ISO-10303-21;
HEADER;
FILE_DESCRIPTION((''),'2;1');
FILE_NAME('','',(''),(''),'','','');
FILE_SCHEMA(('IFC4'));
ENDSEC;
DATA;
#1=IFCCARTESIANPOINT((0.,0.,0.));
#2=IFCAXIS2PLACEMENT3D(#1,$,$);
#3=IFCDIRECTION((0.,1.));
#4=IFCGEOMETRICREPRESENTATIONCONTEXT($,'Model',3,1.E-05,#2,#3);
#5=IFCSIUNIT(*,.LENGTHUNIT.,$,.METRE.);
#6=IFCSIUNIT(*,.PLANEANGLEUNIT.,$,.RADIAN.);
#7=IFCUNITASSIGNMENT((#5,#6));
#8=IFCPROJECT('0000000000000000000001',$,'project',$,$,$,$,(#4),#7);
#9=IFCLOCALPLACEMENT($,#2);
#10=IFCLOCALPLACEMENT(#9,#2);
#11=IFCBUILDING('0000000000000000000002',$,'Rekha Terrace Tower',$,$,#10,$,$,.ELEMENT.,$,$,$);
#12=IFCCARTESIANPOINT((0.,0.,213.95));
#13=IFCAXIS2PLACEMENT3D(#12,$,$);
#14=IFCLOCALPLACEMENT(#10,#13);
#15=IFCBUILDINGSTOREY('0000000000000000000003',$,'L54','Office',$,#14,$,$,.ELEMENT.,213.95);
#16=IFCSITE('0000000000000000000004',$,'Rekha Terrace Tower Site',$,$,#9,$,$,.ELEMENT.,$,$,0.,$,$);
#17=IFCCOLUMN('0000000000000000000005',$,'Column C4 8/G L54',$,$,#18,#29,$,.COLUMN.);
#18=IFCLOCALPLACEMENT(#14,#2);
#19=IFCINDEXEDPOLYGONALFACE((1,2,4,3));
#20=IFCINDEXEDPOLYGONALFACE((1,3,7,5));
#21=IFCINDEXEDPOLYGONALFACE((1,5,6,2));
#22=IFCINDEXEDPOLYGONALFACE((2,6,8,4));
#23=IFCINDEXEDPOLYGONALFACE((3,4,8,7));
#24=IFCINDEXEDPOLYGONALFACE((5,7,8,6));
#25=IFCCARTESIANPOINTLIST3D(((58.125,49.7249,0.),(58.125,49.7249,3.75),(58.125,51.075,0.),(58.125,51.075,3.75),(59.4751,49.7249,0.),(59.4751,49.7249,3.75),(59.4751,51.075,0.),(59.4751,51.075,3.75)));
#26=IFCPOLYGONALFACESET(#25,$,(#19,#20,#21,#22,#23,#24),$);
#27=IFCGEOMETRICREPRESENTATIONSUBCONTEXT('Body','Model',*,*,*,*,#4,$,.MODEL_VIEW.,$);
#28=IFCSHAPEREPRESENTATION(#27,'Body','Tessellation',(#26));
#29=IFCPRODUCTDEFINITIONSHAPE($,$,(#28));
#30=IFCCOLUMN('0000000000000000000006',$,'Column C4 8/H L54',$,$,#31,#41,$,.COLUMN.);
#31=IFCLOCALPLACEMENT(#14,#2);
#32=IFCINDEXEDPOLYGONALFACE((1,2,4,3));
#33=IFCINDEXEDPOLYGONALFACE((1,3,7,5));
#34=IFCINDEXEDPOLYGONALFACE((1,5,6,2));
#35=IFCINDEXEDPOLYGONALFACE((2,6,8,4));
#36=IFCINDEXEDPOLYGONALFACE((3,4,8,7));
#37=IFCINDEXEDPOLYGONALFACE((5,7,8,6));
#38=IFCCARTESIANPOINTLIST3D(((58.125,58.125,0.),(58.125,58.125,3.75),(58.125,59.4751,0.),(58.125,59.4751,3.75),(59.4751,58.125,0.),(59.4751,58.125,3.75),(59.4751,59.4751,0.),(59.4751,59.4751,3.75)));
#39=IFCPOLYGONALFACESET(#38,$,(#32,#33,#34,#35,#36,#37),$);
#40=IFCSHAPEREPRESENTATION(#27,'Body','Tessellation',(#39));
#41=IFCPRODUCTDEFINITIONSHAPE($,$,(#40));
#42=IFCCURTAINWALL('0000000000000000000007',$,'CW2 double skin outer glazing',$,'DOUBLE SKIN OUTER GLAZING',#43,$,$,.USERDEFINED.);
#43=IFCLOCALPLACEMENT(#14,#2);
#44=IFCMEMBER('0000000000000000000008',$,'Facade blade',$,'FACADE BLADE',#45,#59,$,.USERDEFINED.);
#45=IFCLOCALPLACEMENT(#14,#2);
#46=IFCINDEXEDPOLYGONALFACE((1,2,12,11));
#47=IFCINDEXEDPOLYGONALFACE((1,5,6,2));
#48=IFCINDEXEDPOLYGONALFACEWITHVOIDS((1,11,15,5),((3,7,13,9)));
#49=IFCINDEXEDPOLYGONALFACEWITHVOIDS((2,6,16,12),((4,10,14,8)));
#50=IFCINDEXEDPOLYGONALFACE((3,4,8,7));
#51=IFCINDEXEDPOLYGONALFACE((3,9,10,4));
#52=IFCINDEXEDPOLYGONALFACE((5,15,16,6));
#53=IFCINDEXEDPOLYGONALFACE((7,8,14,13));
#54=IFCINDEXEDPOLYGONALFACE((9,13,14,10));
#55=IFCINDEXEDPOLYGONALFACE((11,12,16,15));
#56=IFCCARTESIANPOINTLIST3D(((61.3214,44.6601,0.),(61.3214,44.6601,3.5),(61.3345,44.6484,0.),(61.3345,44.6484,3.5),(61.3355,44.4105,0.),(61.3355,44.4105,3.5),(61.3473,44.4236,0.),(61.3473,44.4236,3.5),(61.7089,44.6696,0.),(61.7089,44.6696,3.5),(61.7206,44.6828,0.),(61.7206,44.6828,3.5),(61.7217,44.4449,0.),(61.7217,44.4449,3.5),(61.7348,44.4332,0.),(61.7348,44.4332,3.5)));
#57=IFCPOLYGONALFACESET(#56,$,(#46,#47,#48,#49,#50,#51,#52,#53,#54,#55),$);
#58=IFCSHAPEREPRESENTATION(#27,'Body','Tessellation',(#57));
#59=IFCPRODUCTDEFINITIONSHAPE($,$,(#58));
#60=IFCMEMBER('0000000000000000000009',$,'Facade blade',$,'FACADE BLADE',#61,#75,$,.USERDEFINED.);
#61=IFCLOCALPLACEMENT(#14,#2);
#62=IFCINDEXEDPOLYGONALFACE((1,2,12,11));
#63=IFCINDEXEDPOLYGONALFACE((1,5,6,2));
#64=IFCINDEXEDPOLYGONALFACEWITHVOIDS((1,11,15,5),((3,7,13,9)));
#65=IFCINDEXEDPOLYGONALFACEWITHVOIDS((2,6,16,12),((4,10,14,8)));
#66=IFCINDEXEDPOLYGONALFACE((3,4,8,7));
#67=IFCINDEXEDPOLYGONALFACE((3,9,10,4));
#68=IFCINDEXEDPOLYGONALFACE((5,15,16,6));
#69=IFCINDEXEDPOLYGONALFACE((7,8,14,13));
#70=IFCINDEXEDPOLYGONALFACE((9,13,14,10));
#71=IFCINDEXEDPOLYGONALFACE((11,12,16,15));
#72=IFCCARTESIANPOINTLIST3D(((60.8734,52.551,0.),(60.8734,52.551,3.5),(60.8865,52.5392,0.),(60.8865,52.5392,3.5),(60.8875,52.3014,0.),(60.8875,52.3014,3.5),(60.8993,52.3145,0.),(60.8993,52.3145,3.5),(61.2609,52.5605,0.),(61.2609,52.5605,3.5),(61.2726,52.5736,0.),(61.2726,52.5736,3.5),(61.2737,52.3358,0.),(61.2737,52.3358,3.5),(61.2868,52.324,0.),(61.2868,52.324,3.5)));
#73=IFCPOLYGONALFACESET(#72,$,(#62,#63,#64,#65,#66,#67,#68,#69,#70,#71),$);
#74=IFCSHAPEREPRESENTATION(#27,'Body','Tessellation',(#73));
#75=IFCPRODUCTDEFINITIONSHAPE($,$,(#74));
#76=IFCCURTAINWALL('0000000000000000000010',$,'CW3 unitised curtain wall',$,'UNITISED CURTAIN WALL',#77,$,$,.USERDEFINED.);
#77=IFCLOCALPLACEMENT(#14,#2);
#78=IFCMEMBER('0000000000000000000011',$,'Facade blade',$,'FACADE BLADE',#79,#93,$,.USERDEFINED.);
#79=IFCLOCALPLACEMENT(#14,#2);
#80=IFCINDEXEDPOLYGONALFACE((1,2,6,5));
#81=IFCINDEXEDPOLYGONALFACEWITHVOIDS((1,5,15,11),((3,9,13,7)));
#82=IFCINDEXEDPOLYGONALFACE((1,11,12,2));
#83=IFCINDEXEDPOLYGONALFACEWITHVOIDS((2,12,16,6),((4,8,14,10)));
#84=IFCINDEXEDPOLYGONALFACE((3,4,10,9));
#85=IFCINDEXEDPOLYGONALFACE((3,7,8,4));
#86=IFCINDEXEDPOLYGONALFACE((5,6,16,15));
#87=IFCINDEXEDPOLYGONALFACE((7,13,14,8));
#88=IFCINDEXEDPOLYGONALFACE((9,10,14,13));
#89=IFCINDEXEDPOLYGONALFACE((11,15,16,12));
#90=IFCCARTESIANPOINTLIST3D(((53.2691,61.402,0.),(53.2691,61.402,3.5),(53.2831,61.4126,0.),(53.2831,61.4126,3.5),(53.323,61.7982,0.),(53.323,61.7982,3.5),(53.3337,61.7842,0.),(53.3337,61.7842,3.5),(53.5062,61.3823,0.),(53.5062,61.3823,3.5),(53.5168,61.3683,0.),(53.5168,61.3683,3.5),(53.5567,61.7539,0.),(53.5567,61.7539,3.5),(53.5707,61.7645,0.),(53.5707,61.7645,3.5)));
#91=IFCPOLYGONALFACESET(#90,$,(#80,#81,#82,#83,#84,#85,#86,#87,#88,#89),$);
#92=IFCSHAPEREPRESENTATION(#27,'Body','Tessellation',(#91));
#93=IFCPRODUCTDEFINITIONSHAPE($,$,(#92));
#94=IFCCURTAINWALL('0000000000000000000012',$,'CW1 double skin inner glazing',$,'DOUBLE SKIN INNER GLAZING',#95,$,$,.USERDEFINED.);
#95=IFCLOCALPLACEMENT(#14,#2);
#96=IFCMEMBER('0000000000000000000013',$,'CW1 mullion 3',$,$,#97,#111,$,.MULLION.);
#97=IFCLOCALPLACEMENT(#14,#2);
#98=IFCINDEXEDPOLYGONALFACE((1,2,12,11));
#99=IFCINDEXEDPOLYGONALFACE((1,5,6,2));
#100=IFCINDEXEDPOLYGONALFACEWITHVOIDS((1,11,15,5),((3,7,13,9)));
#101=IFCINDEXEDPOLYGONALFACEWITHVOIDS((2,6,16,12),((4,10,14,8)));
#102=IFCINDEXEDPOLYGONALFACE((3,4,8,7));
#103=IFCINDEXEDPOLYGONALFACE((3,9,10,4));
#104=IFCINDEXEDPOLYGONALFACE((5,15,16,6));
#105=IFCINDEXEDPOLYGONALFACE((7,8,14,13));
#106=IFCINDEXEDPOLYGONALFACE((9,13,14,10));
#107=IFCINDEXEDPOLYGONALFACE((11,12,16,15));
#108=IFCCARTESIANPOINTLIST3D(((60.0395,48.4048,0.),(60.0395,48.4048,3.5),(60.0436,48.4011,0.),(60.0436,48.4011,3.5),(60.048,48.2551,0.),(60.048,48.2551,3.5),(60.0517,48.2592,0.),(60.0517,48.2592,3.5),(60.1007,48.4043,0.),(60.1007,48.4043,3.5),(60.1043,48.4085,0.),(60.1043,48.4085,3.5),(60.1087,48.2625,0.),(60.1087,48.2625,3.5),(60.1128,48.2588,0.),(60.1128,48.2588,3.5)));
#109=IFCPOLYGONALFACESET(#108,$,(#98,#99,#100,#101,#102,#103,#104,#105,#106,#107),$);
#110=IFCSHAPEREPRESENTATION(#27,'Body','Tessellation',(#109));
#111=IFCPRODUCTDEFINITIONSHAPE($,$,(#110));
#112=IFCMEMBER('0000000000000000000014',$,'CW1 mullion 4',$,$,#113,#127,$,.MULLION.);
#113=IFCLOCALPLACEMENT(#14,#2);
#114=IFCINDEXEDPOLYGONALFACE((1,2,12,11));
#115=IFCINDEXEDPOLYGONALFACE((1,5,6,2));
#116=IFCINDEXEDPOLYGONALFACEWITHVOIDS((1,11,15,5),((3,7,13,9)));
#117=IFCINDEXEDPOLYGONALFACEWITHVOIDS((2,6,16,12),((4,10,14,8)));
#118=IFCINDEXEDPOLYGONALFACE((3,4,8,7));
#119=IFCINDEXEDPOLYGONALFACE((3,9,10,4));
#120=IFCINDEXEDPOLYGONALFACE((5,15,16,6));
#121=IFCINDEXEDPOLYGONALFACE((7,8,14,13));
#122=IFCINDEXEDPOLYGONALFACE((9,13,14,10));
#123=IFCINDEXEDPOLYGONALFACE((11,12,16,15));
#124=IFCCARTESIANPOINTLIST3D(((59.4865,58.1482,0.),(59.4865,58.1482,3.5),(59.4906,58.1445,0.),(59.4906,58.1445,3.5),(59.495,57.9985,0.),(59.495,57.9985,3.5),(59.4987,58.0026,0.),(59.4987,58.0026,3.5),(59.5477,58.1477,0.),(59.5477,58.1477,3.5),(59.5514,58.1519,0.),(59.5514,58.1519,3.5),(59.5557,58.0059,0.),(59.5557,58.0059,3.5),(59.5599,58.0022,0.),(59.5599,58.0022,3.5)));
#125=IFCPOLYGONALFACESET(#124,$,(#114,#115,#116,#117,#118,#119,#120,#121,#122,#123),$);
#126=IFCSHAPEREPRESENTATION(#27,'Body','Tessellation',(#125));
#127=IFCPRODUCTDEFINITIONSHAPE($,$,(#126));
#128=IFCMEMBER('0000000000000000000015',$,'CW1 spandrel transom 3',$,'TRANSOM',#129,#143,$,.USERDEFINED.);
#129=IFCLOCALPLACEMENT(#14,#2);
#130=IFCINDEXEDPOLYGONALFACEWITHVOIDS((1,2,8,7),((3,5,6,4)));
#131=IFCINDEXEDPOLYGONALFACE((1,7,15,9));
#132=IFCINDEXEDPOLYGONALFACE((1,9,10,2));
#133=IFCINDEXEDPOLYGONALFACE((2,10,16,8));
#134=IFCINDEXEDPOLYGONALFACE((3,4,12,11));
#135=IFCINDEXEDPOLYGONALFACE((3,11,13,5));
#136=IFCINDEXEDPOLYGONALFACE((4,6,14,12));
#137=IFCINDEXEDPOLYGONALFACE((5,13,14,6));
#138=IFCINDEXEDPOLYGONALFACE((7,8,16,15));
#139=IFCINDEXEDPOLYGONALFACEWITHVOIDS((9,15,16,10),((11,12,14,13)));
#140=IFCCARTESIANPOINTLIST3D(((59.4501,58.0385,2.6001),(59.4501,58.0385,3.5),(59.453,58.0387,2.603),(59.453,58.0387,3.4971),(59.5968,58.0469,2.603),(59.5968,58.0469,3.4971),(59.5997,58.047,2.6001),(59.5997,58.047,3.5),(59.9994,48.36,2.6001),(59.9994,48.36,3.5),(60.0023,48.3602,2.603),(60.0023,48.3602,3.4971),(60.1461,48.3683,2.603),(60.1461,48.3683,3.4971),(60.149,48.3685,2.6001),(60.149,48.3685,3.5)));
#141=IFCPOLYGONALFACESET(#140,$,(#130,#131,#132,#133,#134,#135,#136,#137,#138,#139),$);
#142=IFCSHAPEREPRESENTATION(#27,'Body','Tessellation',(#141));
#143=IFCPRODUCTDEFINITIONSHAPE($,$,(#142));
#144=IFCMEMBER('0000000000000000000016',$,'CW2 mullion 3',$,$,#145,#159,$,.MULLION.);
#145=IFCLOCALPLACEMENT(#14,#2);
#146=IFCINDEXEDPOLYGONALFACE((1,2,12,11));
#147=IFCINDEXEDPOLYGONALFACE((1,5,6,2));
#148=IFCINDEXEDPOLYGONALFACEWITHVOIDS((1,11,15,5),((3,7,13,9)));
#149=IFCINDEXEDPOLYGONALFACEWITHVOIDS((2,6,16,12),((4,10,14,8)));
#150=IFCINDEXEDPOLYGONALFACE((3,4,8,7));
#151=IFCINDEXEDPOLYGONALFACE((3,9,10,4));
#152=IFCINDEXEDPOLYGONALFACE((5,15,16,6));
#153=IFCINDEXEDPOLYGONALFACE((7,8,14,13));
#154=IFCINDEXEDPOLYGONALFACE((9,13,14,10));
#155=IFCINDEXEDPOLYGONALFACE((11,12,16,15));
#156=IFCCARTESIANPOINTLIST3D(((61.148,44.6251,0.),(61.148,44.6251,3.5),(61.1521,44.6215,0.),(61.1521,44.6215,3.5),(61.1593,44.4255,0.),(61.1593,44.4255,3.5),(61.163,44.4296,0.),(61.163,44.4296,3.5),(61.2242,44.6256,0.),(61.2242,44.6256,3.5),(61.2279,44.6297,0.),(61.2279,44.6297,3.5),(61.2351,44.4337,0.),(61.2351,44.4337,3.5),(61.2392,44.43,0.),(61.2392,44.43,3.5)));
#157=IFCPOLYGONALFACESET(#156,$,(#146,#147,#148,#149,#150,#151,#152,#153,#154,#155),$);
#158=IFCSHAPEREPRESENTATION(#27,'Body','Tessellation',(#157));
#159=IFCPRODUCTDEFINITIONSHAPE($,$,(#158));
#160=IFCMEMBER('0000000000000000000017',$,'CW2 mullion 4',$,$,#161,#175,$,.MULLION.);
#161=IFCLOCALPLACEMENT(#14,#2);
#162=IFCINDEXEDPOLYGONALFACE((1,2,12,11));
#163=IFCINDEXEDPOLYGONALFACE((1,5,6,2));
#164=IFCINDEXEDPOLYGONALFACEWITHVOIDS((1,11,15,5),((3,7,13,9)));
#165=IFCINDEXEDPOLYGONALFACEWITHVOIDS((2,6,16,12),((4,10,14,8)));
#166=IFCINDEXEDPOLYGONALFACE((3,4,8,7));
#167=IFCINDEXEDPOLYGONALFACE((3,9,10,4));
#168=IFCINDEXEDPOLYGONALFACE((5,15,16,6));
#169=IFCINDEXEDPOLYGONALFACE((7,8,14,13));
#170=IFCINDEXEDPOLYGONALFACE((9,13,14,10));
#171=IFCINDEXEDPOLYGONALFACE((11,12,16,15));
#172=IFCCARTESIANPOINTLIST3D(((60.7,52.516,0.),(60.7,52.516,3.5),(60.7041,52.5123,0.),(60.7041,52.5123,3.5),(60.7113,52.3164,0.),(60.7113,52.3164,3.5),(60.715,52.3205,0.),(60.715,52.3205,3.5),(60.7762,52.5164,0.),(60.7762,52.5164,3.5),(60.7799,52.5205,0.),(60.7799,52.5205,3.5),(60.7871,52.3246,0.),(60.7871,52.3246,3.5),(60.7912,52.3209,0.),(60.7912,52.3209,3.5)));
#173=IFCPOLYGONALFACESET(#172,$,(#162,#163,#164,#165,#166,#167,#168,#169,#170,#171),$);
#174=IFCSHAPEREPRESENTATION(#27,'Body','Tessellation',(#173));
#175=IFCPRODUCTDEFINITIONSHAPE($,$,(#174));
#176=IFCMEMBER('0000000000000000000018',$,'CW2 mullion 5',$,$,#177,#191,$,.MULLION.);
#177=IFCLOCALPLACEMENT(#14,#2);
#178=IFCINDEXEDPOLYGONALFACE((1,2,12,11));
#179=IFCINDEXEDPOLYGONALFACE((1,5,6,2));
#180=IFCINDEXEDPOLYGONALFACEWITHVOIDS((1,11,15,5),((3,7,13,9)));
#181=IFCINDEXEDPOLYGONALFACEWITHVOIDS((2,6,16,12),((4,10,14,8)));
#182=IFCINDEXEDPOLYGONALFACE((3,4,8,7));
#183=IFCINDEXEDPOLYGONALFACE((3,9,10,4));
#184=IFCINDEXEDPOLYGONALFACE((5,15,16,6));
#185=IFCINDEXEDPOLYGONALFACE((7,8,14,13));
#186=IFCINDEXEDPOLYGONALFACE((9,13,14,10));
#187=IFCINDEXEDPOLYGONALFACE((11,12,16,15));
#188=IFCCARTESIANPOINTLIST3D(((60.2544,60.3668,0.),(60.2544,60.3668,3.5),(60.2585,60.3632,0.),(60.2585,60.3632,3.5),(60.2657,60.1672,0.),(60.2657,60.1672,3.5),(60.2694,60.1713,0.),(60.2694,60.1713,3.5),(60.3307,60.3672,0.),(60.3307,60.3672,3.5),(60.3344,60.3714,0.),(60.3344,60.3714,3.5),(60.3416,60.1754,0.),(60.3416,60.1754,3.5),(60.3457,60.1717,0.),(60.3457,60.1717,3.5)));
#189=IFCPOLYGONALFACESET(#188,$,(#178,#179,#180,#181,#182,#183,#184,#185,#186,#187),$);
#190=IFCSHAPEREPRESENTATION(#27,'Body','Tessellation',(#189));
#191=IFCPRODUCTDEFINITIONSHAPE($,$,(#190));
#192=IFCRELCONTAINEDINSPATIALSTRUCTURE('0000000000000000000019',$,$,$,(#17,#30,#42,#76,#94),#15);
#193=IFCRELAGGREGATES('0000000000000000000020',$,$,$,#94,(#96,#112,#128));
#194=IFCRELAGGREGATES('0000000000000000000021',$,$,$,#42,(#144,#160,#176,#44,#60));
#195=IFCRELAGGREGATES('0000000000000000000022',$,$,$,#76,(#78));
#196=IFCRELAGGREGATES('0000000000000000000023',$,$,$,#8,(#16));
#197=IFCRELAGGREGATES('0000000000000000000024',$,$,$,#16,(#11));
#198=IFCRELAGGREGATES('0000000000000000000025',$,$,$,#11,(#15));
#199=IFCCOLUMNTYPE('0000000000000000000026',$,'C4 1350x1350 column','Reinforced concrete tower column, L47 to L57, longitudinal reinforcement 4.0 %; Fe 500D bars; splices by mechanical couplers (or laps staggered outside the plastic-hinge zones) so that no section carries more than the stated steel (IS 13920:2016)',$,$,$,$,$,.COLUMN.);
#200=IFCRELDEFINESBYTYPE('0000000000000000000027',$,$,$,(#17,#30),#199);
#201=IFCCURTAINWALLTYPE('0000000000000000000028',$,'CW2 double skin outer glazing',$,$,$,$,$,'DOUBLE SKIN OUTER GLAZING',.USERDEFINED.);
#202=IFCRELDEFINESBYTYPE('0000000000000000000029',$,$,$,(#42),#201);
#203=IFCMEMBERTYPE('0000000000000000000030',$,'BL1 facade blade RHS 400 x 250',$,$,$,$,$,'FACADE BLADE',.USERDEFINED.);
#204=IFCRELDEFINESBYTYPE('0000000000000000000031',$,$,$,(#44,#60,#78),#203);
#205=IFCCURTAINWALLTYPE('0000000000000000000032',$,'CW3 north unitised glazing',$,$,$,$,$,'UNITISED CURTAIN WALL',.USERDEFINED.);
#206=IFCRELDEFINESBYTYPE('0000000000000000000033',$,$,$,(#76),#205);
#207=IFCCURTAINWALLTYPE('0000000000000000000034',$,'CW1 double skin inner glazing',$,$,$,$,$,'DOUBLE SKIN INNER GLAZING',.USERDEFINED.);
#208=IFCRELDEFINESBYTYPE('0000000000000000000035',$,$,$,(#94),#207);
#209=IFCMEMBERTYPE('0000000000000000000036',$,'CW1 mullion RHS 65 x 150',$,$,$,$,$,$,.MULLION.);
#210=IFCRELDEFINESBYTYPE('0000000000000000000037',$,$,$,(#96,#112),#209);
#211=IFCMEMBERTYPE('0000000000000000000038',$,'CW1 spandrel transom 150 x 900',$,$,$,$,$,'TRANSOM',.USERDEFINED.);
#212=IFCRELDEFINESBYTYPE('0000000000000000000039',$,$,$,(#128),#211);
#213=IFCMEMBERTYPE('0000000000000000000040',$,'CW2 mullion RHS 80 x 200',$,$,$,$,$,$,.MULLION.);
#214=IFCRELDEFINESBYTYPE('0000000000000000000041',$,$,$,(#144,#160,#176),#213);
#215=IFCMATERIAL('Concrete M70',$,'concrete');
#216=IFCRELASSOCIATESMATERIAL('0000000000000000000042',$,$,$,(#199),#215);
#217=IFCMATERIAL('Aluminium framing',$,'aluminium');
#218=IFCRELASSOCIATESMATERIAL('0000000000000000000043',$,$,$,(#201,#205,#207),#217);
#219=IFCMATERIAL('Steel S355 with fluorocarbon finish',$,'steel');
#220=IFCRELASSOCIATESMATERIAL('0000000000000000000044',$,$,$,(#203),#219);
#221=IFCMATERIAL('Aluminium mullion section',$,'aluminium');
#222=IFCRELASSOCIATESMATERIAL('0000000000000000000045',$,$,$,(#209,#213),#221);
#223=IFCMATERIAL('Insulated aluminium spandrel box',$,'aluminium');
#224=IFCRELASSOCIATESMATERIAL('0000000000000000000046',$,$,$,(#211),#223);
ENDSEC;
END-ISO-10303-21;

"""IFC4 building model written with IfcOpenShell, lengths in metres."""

from ifc_helpers import new_model, si_unit, direction, frame, origin, origin_2d, place, context, subcontext, project, spatial, rectangle, hollow_rectangle, extrude, material, material_profile, profile_set, type_object, element, aggregate, save


model = new_model("IFC4")

# Units and contexts
model_context = context("Model", 3, precision=1e-05, world=origin(), true_north=direction((0.0, 1.0)))
body_context = subcontext(model_context, "Body", "Model", "MODEL_VIEW")
ifc_project = project(units=[si_unit("LENGTHUNIT", "METRE"), si_unit("PLANEANGLEUNIT", "RADIAN")], contexts=[model_context])

# Site, building, storey
site_placement = place(None, origin())
site = spatial("IfcSite", under=ifc_project, at=site_placement, Name="Rekha Terrace Tower Site", CompositionType="ELEMENT", RefElevation=0.0)
building_placement = place(site_placement, origin())
building = spatial("IfcBuilding", under=site, at=building_placement, Name="Rekha Terrace Tower", CompositionType="ELEMENT")
storey_placement = place(building_placement, frame((0.0, 0.0, 213.95)))
storey = spatial("IfcBuildingStorey", under=building, at=storey_placement, Name="L54", Description="Office", CompositionType="ELEMENT", Elevation=213.95)

# Columns
ifc_material_1 = material(Name="Concrete M70", Category="concrete")
ifc_material_profile_1 = material_profile(ifc_material_1, rectangle(XDim=1.3501, YDim=1.3501, at=origin_2d()), Name="RC 1350x1350")
ifc_profile_set_1 = profile_set([ifc_material_profile_1], Name="Concrete M70")
column_type = type_object("IfcColumnType", Name="C4 1350x1350 column", Description="Reinforced concrete tower column, L47 to L57, longitudinal reinforcement 4.0 %; Fe 500D bars; splices by mechanical couplers (or laps staggered outside the plastic-hinge zones) so that no section carries more than the stated steel (IS 13920:2016)", PredefinedType="COLUMN", material=ifc_profile_set_1)
for number, where, z_axis, x_axis, name in (
    (1, (58.8, 50.3999, 0.0), (0.0, 0.0, 1.0), (1.0, 0.0, 0.0), "Column C4 8/G L54"),
    (2, (58.8, 58.8, 0.0), (0.0, 0.0, 1.0), (1.0, 0.0, 0.0), "Column C4 8/H L54"),
):
    element("IfcColumn", number, at=place(storey_placement, frame(where, z_axis=z_axis, x_axis=x_axis)), inside=storey, type_object=column_type, Name=name, PredefinedType="COLUMN", context=body_context, shape_type="SweptSolid", body=[
        extrude(rectangle(XDim=1.3501, YDim=1.3501, at=origin_2d()), origin(), (0.0, 0.0, 1.0), 3.75),
    ])

# Curtain wall, members
ifc_material_2 = material(Name="Aluminium framing", Category="aluminium")
curtain_wall_type_1 = type_object("IfcCurtainWallType", Name="CW2 double skin outer glazing", ElementType="DOUBLE SKIN OUTER GLAZING", PredefinedType="USERDEFINED", material=ifc_material_2)
curtain_wall_1_placement = place(storey_placement, origin())
curtain_wall_1 = element("IfcCurtainWall", 3, at=curtain_wall_1_placement, inside=storey, type_object=curtain_wall_type_1, Name="CW2 double skin outer glazing", ObjectType="DOUBLE SKIN OUTER GLAZING", PredefinedType="USERDEFINED")
ifc_material_3 = material(Name="Steel S355 with fluorocarbon finish", Category="steel")
ifc_material_profile_2 = material_profile(ifc_material_3, hollow_rectangle(XDim=0.25, YDim=0.3999, WallThickness=0.0125, at=origin_2d()), Name="RHS400x250x12.5")
ifc_profile_set_2 = profile_set([ifc_material_profile_2], Name="Steel S355 with fluorocarbon finish")
member_type_1 = type_object("IfcMemberType", Name="BL1 facade blade RHS 400 x 250", ElementType="FACADE BLADE", PredefinedType="USERDEFINED", material=ifc_profile_set_2)
member_1_placement = place(storey_placement, frame((61.5281, 44.5466, 0.0), z_axis=(0.0, 0.0, 1.0), x_axis=(-0.056674, 0.998393, 0.0)))
member_1 = element("IfcMember", 4, at=member_1_placement, type_object=member_type_1, Name="Facade blade", ObjectType="FACADE BLADE", PredefinedType="USERDEFINED", context=body_context, shape_type="SweptSolid", body=[
    extrude(hollow_rectangle(XDim=0.25, YDim=0.3999, WallThickness=0.0125, at=origin_2d()), origin(), (0.0, 0.0, 1.0), 3.5),
])
member_2_placement = place(storey_placement, frame((61.0801, 52.4375, 0.0), z_axis=(0.0, 0.0, 1.0), x_axis=(-0.056674, 0.998393, 0.0)))
member_2 = element("IfcMember", 5, at=member_2_placement, type_object=member_type_1, Name="Facade blade", ObjectType="FACADE BLADE", PredefinedType="USERDEFINED", context=body_context, shape_type="SweptSolid", body=[
    extrude(hollow_rectangle(XDim=0.25, YDim=0.3999, WallThickness=0.0125, at=origin_2d()), origin(), (0.0, 0.0, 1.0), 3.5),
])

# Curtain wall, member
curtain_wall_type_2 = type_object("IfcCurtainWallType", Name="CW3 north unitised glazing", ElementType="UNITISED CURTAIN WALL", PredefinedType="USERDEFINED", material=ifc_material_2)
curtain_wall_2_placement = place(storey_placement, origin())
curtain_wall_2 = element("IfcCurtainWall", 6, at=curtain_wall_2_placement, inside=storey, type_object=curtain_wall_type_2, Name="CW3 unitised curtain wall", ObjectType="UNITISED CURTAIN WALL", PredefinedType="USERDEFINED")
member_3_placement = place(storey_placement, frame((53.4199, 61.5833, 0.0), z_axis=(0.0, 0.0, 1.0), x_axis=(-0.990867, 0.134841, 0.0)))
member_3 = element("IfcMember", 7, at=member_3_placement, type_object=member_type_1, Name="Facade blade", ObjectType="FACADE BLADE", PredefinedType="USERDEFINED", context=body_context, shape_type="SweptSolid", body=[
    extrude(hollow_rectangle(XDim=0.25, YDim=0.3999, WallThickness=0.0125, at=origin_2d()), origin(), (0.0, 0.0, 1.0), 3.5),
])

# Curtain wall, members
curtain_wall_type_3 = type_object("IfcCurtainWallType", Name="CW1 double skin inner glazing", ElementType="DOUBLE SKIN INNER GLAZING", PredefinedType="USERDEFINED", material=ifc_material_2)
curtain_wall_3_placement = place(storey_placement, origin())
curtain_wall_3 = element("IfcCurtainWall", 8, at=curtain_wall_3_placement, inside=storey, type_object=curtain_wall_type_3, Name="CW1 double skin inner glazing", ObjectType="DOUBLE SKIN INNER GLAZING", PredefinedType="USERDEFINED")
ifc_material_4 = material(Name="Aluminium mullion section", Category="aluminium")
ifc_material_profile_3 = material_profile(ifc_material_4, hollow_rectangle(XDim=0.0649, YDim=0.1499, WallThickness=0.0039, at=origin_2d()), Name="AL RHS 65x150")
ifc_profile_set_3 = profile_set([ifc_material_profile_3], Name="Aluminium mullion section")
member_type_2 = type_object("IfcMemberType", Name="CW1 mullion RHS 65 x 150", PredefinedType="MULLION", material=ifc_profile_set_3)
member_4_placement = place(storey_placement, frame((60.0762, 48.3318, 0.0), z_axis=(0.0, 0.0, 1.0), x_axis=(-0.998393, -0.056673, 0.0)))
member_4 = element("IfcMember", 9, at=member_4_placement, type_object=member_type_2, Name="CW1 mullion 3", PredefinedType="MULLION", context=body_context, shape_type="SweptSolid", body=[
    extrude(hollow_rectangle(XDim=0.0649, YDim=0.1499, WallThickness=0.0039, at=origin_2d()), origin(), (0.0, 0.0, 1.0), 3.5),
])
member_5_placement = place(storey_placement, frame((59.5232, 58.0752, 0.0), z_axis=(0.0, 0.0, 1.0), x_axis=(-0.998393, -0.056673, 0.0)))
member_5 = element("IfcMember", 10, at=member_5_placement, type_object=member_type_2, Name="CW1 mullion 4", PredefinedType="MULLION", context=body_context, shape_type="SweptSolid", body=[
    extrude(hollow_rectangle(XDim=0.0649, YDim=0.1499, WallThickness=0.0039, at=origin_2d()), origin(), (0.0, 0.0, 1.0), 3.5),
])
ifc_material_5 = material(Name="Insulated aluminium spandrel box", Category="aluminium")
ifc_material_profile_4 = material_profile(ifc_material_5, hollow_rectangle(XDim=0.1499, YDim=0.8999, WallThickness=0.0029, at=origin_2d()), Name="AL SPANDREL BOX 150x900")
ifc_profile_set_4 = profile_set([ifc_material_profile_4], Name="Insulated aluminium spandrel box")
member_type_3 = type_object("IfcMemberType", Name="CW1 spandrel transom 150 x 900", ElementType="TRANSOM", PredefinedType="USERDEFINED", material=ifc_profile_set_4)
member_6_placement = place(storey_placement, frame((60.0742, 48.3643, 3.05), z_axis=(-0.056665, 0.998393, 0.0), x_axis=(-0.998393, -0.056665, 0.0)))
member_6 = element("IfcMember", 11, at=member_6_placement, type_object=member_type_3, Name="CW1 spandrel transom 3", ObjectType="TRANSOM", PredefinedType="USERDEFINED", context=body_context, shape_type="SweptSolid", body=[
    extrude(hollow_rectangle(XDim=0.1499, YDim=0.8999, WallThickness=0.0029, at=origin_2d()), origin(), (0.0, 0.0, 1.0), 9.6941),
])

# Members
ifc_material_profile_5 = material_profile(ifc_material_4, hollow_rectangle(XDim=0.0801, YDim=0.2, WallThickness=0.0039, at=origin_2d()), Name="AL RHS 80x200")
ifc_profile_set_5 = profile_set([ifc_material_profile_5], Name="Aluminium mullion section")
member_type_4 = type_object("IfcMemberType", Name="CW2 mullion RHS 80 x 200", PredefinedType="MULLION", material=ifc_profile_set_5)
member_7_placement = place(storey_placement, frame((61.1936, 44.5276, 0.0), z_axis=(0.0, 0.0, 1.0), x_axis=(-0.998393, -0.056673, 0.0)))
member_7 = element("IfcMember", 12, at=member_7_placement, type_object=member_type_4, Name="CW2 mullion 3", PredefinedType="MULLION", context=body_context, shape_type="SweptSolid", body=[
    extrude(hollow_rectangle(XDim=0.0801, YDim=0.2, WallThickness=0.0039, at=origin_2d()), origin(), (0.0, 0.0, 1.0), 3.5),
])
member_8_placement = place(storey_placement, frame((60.7456, 52.4185, 0.0), z_axis=(0.0, 0.0, 1.0), x_axis=(-0.998393, -0.056673, 0.0)))
member_8 = element("IfcMember", 13, at=member_8_placement, type_object=member_type_4, Name="CW2 mullion 4", PredefinedType="MULLION", context=body_context, shape_type="SweptSolid", body=[
    extrude(hollow_rectangle(XDim=0.0801, YDim=0.2, WallThickness=0.0039, at=origin_2d()), origin(), (0.0, 0.0, 1.0), 3.5),
])
member_9_placement = place(storey_placement, frame((60.3, 60.2693, 0.0), z_axis=(0.0, 0.0, 1.0), x_axis=(-0.998393, -0.056673, 0.0)))
member_9 = element("IfcMember", 14, at=member_9_placement, type_object=member_type_4, Name="CW2 mullion 5", PredefinedType="MULLION", context=body_context, shape_type="SweptSolid", body=[
    extrude(hollow_rectangle(XDim=0.0801, YDim=0.2, WallThickness=0.0039, at=origin_2d()), origin(), (0.0, 0.0, 1.0), 3.5),
])

aggregate(curtain_wall_3, [member_4, member_5, member_6])
aggregate(curtain_wall_1, [member_7, member_8, member_9, member_1, member_2])
aggregate(curtain_wall_2, [member_3])

save(model, "model.ifc")
